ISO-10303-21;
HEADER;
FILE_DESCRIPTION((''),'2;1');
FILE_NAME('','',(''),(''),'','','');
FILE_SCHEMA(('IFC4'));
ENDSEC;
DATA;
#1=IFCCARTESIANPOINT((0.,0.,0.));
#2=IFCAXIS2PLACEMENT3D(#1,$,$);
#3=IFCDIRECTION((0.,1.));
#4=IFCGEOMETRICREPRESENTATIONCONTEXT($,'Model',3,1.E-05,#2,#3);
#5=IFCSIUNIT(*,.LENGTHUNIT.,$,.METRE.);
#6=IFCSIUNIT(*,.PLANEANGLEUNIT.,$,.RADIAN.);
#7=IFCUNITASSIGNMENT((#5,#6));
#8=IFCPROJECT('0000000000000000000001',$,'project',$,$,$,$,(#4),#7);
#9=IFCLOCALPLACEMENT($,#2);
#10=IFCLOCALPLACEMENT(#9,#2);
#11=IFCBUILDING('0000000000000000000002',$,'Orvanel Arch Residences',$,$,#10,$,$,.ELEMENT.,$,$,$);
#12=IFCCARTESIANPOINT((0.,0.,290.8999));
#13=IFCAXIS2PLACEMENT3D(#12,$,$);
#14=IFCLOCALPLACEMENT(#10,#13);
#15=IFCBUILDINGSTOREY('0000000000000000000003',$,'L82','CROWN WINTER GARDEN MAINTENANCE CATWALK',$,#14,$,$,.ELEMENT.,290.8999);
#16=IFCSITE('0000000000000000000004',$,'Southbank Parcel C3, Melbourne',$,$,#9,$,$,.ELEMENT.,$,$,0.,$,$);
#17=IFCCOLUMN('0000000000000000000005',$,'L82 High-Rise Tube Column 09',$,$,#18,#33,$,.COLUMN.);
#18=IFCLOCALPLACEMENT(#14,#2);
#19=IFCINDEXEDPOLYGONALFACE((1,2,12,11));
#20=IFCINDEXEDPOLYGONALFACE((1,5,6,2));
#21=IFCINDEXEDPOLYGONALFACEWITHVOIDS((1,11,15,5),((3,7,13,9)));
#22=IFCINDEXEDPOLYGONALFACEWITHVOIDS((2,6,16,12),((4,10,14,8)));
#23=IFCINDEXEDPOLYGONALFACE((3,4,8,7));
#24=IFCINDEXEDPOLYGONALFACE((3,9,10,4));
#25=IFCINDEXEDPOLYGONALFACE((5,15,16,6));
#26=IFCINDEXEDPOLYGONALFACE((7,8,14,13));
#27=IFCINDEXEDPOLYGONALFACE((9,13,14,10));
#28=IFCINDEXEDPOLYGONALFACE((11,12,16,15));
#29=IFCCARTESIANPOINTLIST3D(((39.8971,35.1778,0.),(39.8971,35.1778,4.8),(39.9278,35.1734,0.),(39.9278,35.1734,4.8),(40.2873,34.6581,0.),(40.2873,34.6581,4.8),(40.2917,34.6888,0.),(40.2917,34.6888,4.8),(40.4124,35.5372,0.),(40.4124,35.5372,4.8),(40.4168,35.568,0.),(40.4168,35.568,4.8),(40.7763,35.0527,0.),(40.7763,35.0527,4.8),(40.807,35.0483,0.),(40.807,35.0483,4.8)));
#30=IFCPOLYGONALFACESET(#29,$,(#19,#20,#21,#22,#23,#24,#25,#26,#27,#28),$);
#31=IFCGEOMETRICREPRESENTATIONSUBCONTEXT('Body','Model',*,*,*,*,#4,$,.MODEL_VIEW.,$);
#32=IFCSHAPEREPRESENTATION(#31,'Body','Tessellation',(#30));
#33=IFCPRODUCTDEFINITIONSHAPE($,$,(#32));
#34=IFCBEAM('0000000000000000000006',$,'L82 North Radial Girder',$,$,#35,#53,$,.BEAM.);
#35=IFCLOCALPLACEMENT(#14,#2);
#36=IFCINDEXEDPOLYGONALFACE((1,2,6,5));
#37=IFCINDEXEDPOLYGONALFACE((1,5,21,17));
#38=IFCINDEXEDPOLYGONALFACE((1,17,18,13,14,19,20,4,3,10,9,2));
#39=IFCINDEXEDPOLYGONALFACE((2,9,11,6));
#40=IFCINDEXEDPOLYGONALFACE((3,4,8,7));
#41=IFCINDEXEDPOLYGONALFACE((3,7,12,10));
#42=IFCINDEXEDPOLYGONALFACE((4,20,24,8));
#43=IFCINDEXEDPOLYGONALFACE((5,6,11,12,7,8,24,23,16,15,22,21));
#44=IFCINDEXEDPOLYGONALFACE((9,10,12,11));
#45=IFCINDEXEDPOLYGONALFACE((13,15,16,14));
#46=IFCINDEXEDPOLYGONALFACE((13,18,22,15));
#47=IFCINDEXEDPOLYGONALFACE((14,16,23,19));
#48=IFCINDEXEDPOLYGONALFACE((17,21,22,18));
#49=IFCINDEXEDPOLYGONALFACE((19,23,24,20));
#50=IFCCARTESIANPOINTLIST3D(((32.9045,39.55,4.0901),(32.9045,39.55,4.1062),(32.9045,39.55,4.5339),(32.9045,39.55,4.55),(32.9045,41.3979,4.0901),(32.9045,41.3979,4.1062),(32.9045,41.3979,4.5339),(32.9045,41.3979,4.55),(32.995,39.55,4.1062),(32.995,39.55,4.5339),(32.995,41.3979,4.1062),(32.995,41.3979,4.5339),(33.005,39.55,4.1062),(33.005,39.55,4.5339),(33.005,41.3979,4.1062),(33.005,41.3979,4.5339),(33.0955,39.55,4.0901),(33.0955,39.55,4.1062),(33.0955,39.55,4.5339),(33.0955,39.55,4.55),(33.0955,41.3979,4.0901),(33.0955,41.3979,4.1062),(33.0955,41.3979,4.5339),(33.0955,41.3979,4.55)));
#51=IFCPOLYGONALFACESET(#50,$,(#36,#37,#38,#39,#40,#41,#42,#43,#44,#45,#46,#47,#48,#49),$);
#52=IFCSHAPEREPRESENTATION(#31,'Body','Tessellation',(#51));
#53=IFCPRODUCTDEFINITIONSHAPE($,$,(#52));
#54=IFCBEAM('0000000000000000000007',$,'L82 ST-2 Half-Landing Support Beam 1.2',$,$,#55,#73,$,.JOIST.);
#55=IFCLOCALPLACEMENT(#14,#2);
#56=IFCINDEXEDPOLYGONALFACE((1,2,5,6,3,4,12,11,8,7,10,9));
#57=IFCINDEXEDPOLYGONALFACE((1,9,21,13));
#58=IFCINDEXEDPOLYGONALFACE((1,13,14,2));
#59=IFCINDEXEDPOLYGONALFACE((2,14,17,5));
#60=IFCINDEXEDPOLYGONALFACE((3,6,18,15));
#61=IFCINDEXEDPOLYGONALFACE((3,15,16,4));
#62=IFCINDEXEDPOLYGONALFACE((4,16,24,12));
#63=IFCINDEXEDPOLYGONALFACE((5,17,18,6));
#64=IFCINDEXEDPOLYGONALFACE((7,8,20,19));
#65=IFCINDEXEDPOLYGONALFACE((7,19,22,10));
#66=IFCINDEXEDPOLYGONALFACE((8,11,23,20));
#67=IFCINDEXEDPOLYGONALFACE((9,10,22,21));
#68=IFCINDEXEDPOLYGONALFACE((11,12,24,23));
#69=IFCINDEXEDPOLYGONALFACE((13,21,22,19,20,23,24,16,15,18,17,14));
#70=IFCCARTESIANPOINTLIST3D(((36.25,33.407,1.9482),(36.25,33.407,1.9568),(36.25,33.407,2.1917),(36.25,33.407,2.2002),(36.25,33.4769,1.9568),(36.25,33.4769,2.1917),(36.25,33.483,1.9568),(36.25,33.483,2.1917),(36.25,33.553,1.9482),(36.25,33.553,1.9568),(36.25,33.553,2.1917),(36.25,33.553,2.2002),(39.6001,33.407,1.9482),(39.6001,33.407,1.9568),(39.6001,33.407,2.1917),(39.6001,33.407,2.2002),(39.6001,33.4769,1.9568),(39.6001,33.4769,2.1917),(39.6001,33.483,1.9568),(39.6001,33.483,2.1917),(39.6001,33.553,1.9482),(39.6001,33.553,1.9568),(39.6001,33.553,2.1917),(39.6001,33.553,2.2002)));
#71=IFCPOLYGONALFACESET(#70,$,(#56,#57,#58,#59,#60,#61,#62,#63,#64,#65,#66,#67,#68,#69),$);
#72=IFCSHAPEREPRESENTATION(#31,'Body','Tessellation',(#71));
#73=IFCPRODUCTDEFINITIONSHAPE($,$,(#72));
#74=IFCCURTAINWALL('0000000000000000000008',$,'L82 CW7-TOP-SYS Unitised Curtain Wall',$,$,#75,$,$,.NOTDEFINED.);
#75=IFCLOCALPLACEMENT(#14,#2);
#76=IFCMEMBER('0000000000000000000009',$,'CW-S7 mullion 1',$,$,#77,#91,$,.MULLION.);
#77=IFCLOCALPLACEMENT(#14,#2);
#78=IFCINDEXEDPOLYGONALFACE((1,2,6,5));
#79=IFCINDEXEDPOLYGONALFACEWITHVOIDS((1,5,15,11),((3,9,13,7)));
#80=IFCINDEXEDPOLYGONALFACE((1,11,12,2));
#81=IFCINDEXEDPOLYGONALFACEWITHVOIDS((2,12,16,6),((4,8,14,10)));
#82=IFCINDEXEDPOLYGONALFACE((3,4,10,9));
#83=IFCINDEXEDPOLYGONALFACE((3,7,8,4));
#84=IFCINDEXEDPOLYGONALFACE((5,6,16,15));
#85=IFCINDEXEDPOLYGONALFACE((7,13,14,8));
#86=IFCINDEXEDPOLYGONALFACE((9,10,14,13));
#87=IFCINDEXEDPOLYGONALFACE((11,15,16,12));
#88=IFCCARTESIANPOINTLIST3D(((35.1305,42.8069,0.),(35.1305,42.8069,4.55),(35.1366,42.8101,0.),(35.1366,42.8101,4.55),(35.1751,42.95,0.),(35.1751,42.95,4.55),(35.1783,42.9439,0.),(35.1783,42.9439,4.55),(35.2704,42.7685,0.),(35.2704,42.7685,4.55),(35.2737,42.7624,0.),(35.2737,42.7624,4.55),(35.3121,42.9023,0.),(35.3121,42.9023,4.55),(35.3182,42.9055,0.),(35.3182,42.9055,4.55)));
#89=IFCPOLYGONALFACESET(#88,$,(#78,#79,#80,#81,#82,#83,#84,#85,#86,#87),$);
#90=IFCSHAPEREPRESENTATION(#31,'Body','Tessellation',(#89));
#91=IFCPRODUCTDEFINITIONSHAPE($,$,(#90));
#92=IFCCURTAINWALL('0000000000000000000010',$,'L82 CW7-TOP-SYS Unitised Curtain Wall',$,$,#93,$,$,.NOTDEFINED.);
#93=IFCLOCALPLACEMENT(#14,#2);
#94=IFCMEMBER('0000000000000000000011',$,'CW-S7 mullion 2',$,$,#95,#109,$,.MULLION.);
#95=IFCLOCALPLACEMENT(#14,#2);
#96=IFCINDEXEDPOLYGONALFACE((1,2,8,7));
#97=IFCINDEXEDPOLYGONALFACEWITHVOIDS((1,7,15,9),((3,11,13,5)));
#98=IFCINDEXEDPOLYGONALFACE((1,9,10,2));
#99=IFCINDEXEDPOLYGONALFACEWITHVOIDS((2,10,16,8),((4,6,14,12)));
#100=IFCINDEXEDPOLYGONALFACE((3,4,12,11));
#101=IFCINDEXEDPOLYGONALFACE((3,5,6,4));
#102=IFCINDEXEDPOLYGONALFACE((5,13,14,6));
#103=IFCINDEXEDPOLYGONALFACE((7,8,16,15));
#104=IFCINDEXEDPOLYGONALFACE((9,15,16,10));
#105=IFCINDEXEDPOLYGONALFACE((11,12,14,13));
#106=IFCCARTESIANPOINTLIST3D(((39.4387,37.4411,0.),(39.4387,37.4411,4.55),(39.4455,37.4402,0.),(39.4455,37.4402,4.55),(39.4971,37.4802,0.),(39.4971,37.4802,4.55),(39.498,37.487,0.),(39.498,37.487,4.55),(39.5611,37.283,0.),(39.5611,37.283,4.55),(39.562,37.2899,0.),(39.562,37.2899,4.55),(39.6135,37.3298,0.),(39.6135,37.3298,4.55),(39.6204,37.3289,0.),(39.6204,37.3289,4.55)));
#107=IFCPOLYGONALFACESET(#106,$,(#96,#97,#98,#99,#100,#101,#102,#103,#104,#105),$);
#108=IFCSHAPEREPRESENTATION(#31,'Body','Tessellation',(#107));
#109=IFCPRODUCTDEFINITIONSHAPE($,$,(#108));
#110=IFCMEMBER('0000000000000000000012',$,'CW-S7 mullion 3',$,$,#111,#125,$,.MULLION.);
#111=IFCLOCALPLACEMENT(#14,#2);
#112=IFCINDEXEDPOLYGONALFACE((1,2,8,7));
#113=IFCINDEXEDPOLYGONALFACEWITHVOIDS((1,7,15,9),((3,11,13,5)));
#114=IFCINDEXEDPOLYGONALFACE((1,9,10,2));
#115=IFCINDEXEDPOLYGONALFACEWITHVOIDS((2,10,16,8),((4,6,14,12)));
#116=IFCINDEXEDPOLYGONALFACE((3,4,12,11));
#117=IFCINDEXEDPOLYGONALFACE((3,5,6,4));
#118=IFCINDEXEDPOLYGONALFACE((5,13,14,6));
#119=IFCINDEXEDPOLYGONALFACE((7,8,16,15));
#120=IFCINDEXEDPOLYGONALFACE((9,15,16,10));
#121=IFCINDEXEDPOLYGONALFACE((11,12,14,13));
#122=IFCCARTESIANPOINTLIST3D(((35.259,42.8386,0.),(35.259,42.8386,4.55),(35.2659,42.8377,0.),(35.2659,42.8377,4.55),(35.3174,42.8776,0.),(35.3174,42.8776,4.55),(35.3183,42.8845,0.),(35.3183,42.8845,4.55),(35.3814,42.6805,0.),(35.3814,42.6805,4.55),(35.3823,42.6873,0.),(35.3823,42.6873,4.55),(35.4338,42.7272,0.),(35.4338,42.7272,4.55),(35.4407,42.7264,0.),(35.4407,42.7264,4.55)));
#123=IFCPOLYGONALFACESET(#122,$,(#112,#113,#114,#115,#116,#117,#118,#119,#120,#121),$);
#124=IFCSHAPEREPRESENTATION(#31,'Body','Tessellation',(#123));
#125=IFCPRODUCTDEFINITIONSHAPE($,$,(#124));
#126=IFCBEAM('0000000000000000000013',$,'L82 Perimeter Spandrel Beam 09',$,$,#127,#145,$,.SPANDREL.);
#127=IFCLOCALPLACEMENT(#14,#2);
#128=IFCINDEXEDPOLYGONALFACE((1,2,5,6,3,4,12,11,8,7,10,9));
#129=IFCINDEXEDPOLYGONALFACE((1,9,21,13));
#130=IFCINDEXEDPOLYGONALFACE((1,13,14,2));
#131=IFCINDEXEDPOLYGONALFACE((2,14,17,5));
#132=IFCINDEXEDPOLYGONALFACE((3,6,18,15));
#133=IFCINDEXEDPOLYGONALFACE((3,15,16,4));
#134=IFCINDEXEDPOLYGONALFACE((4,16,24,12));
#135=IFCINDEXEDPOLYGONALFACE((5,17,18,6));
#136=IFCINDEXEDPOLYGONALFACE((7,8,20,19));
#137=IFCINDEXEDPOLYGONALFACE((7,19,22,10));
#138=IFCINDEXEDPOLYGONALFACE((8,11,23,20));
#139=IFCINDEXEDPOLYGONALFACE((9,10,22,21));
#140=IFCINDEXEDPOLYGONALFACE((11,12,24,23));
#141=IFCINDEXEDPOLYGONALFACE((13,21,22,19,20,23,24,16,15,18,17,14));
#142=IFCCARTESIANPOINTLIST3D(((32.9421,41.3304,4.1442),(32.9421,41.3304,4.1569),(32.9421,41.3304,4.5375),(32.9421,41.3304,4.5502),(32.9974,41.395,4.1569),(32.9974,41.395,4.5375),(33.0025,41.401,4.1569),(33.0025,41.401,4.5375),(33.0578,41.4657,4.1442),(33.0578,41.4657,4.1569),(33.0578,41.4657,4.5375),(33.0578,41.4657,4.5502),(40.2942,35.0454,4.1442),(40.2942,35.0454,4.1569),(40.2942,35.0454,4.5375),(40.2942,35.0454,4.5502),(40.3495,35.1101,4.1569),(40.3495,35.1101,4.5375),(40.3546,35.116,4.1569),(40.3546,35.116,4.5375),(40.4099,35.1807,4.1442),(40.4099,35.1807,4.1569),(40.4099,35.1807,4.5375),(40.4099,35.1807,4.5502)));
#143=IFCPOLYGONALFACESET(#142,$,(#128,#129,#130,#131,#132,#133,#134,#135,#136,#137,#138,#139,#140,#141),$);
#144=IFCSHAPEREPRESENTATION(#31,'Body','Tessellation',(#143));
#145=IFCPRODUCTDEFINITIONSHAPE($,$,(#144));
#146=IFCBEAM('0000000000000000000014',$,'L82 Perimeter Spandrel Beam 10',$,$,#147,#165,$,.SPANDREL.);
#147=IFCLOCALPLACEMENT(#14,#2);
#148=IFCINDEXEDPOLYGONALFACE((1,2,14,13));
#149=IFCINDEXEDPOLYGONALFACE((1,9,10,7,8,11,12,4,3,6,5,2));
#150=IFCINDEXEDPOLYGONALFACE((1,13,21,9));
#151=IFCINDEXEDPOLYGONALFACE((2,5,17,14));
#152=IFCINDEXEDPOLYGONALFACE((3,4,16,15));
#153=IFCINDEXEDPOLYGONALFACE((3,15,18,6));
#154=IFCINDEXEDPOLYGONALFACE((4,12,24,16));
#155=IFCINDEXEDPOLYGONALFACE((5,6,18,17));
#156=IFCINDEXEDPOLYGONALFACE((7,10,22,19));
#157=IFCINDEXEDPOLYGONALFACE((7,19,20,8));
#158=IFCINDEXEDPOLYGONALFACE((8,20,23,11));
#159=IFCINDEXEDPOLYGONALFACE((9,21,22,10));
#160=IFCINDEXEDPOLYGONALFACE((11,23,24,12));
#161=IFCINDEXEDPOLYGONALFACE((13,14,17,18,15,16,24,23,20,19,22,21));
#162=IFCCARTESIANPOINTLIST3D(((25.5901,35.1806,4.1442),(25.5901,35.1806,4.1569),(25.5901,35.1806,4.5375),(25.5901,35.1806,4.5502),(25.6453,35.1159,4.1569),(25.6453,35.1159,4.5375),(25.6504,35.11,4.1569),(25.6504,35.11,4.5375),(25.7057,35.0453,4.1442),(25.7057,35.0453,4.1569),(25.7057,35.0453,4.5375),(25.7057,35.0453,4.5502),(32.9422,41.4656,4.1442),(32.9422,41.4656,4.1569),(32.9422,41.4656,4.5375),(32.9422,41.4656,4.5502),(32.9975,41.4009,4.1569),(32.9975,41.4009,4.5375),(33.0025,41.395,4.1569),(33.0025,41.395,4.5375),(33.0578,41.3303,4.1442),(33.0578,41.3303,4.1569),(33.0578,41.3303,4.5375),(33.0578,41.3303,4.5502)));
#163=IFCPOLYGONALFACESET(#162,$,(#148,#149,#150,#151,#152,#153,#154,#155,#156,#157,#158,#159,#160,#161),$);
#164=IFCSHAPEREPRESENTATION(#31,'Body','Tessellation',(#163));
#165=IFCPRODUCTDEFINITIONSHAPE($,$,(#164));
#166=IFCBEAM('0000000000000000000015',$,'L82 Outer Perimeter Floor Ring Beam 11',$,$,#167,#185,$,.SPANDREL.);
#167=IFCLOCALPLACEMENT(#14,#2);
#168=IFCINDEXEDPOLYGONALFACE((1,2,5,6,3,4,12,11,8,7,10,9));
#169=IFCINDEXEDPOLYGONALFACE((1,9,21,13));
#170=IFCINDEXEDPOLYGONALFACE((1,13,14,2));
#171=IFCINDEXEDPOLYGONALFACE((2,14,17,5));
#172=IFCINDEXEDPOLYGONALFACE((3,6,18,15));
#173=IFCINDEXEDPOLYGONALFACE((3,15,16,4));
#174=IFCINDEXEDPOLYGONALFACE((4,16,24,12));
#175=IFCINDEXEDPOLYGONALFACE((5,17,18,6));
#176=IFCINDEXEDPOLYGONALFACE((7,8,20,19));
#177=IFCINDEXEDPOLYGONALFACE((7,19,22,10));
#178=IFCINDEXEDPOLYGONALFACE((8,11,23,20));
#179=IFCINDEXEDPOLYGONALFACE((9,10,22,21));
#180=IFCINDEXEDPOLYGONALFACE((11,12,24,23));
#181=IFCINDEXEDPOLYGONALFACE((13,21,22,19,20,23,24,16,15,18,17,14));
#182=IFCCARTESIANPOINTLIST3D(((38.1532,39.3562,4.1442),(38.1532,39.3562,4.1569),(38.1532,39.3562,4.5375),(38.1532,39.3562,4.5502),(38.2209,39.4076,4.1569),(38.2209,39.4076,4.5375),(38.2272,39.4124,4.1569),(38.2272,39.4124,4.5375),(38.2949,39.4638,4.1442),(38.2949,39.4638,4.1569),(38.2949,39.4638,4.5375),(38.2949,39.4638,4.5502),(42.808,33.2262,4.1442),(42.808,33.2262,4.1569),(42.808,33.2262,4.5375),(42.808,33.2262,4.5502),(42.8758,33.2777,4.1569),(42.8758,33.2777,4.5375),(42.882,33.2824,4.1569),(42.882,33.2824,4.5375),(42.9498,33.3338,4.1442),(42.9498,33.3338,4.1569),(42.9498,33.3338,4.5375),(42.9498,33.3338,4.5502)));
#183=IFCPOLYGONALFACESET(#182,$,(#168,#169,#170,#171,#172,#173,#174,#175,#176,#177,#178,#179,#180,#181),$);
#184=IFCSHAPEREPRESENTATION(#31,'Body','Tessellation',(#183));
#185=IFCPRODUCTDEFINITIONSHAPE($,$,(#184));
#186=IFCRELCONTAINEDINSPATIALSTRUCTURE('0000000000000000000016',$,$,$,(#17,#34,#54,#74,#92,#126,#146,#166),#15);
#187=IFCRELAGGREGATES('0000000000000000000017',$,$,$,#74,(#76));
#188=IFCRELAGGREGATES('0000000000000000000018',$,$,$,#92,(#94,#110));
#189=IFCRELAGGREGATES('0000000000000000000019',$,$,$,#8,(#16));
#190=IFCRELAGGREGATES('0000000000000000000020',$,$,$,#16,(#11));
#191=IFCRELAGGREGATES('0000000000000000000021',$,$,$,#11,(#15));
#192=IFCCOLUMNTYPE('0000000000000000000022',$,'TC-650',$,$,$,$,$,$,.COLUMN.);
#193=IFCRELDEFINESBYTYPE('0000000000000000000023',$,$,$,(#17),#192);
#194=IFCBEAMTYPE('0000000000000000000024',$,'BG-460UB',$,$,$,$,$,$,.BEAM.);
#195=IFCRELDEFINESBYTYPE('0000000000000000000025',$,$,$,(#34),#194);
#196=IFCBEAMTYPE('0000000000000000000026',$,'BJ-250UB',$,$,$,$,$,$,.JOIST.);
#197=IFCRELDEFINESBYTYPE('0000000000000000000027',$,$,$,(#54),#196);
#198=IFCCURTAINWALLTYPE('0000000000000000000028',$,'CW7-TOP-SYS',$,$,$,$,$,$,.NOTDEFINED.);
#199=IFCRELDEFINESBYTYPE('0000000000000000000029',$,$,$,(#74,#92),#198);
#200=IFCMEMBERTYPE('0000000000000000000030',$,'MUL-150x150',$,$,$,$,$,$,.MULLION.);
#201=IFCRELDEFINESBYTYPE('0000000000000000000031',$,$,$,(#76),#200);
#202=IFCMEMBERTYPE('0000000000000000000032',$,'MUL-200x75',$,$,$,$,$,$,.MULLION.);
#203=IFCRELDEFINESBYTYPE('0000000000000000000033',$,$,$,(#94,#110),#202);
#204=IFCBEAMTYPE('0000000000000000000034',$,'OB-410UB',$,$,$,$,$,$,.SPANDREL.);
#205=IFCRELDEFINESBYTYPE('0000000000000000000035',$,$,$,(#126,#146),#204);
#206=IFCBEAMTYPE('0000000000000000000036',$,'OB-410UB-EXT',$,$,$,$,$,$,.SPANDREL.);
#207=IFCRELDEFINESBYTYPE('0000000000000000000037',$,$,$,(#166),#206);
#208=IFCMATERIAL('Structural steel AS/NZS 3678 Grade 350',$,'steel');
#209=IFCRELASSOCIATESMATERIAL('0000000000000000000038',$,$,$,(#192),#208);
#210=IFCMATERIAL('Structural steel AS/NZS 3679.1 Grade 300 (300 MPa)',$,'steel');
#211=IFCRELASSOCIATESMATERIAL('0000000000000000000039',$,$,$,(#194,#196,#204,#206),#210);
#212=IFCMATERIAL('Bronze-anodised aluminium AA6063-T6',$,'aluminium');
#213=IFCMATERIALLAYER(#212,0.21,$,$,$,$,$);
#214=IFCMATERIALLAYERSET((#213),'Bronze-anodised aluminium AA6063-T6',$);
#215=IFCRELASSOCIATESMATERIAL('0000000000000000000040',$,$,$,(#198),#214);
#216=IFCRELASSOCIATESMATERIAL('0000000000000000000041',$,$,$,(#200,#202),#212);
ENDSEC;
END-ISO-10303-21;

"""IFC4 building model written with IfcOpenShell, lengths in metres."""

from ifc_helpers import new_model, si_unit, direction, frame, origin, origin_2d, place, context, subcontext, project, spatial, hollow_rectangle, i_section, extrude, material, layer, layer_set, material_profile, profile_set, type_object, element, aggregate, save


model = new_model("IFC4")

# Units and contexts
model_context = context("Model", 3, precision=1e-05, world=origin(), true_north=direction((0.0, 1.0)))
body_context = subcontext(model_context, "Body", "Model", "MODEL_VIEW")
ifc_project = project(units=[si_unit("LENGTHUNIT", "METRE"), si_unit("PLANEANGLEUNIT", "RADIAN")], contexts=[model_context])

# Site, building, storey
site_placement = place(None, origin())
site = spatial("IfcSite", under=ifc_project, at=site_placement, Name="Southbank Parcel C3, Melbourne", CompositionType="ELEMENT", RefElevation=0.0)
building_placement = place(site_placement, origin())
building = spatial("IfcBuilding", under=site, at=building_placement, Name="Orvanel Arch Residences", CompositionType="ELEMENT")
storey_placement = place(building_placement, frame((0.0, 0.0, 290.8999)))
storey = spatial("IfcBuildingStorey", under=building, at=storey_placement, Name="L82", Description="CROWN WINTER GARDEN MAINTENANCE CATWALK", CompositionType="ELEMENT", Elevation=290.8999)

# Column
ifc_material_1 = material(Name="Structural steel AS/NZS 3678 Grade 350", Category="steel")
ifc_material_profile_1 = material_profile(ifc_material_1, hollow_rectangle(XDim=0.6499, YDim=0.6499, WallThickness=0.022, at=origin_2d()), Name="BOX650x650x22")
ifc_profile_set_1 = profile_set([ifc_material_profile_1], Name="Structural steel AS/NZS 3678 Grade 350")
column_type = type_object("IfcColumnType", Name="TC-650", PredefinedType="COLUMN", material=ifc_profile_set_1)
column_placement = place(storey_placement, frame((40.3521, 35.113, 0.0), z_axis=(0.0, 0.0, 1.0), x_axis=(-0.60042, 0.799685, 0.0)))
element("IfcColumn", 1, at=column_placement, inside=storey, type_object=column_type, Name="L82 High-Rise Tube Column 09", PredefinedType="COLUMN", context=body_context, shape_type="SweptSolid", body=[
    extrude(hollow_rectangle(XDim=0.6499, YDim=0.6499, WallThickness=0.022, at=origin_2d()), origin(), (0.0, 0.0, 1.0), 4.8),
])

# Beams
ifc_material_2 = material(Name="Structural steel AS/NZS 3679.1 Grade 300 (300 MPa)", Category="steel")
ifc_material_profile_2 = material_profile(ifc_material_2, i_section(OverallWidth=0.1909, OverallDepth=0.46, WebThickness=0.01, FlangeThickness=0.0161, at=origin_2d()), Name="460UB82.1")
ifc_profile_set_2 = profile_set([ifc_material_profile_2], Name="Structural steel AS/NZS 3679.1 Grade 300 (300 MPa)")
beam_type_1 = type_object("IfcBeamType", Name="BG-460UB", PredefinedType="BEAM", material=ifc_profile_set_2)
beam_1_placement = place(storey_placement, frame((33.0, 39.55, 4.3201), z_axis=(0.0, 1.0, 0.0), x_axis=(-1.0, 0.0, 0.0)))
element("IfcBeam", 2, at=beam_1_placement, inside=storey, type_object=beam_type_1, Name="L82 North Radial Girder", PredefinedType="BEAM", context=body_context, shape_type="SweptSolid", body=[
    extrude(i_section(OverallWidth=0.1909, OverallDepth=0.46, WebThickness=0.01, FlangeThickness=0.0161, at=origin_2d()), origin(), (0.0, 0.0, 1.0), 1.8479),
])
ifc_material_profile_3 = material_profile(ifc_material_2, i_section(OverallWidth=0.146, OverallDepth=0.252, WebThickness=0.0061, FlangeThickness=0.0085, at=origin_2d()), Name="250UB31.4")
ifc_profile_set_3 = profile_set([ifc_material_profile_3], Name="Structural steel AS/NZS 3679.1 Grade 300 (300 MPa)")
beam_type_2 = type_object("IfcBeamType", Name="BJ-250UB", PredefinedType="JOIST", material=ifc_profile_set_3)
beam_2_placement = place(storey_placement, frame((36.25, 33.48, 2.0742), z_axis=(1.0, 0.0, 0.0), x_axis=(0.0, 1.0, 0.0)))
element("IfcBeam", 3, at=beam_2_placement, inside=storey, type_object=beam_type_2, Name="L82 ST-2 Half-Landing Support Beam 1.2", PredefinedType="JOIST", context=body_context, shape_type="SweptSolid", body=[
    extrude(i_section(OverallWidth=0.146, OverallDepth=0.252, WebThickness=0.0061, FlangeThickness=0.0085, at=origin_2d()), origin(), (0.0, 0.0, 1.0), 3.3501),
])

# Curtain wall, member
ifc_material_3 = material(Name="Bronze-anodised aluminium AA6063-T6", Category="aluminium")
ifc_layer_1 = layer(ifc_material_3, 0.21)
ifc_layer_set_1 = layer_set([ifc_layer_1], Name="Bronze-anodised aluminium AA6063-T6")
curtain_wall_type = type_object("IfcCurtainWallType", Name="CW7-TOP-SYS", PredefinedType="NOTDEFINED", material=ifc_layer_set_1)
curtain_wall_1_placement = place(storey_placement, origin())
curtain_wall_1 = element("IfcCurtainWall", 4, at=curtain_wall_1_placement, inside=storey, type_object=curtain_wall_type, Name="L82 CW7-TOP-SYS Unitised Curtain Wall", PredefinedType="NOTDEFINED")
ifc_material_profile_4 = material_profile(ifc_material_3, hollow_rectangle(XDim=0.1499, YDim=0.1499, WallThickness=0.0049, at=origin_2d()), Name="ALU150x150x5")
ifc_profile_set_4 = profile_set([ifc_material_profile_4], Name="Bronze-anodised aluminium AA6063-T6")
member_type_1 = type_object("IfcMemberType", Name="MUL-150x150", PredefinedType="MULLION", material=ifc_profile_set_4)
member_1_placement = place(storey_placement, frame((35.2244, 42.8562, 0.0), z_axis=(0.0, 0.0, 1.0), x_axis=(-0.297187, -0.954819, 0.0)))
member_1 = element("IfcMember", 5, at=member_1_placement, type_object=member_type_1, Name="CW-S7 mullion 1", PredefinedType="MULLION", context=body_context, shape_type="SweptSolid", body=[
    extrude(hollow_rectangle(XDim=0.1499, YDim=0.1499, WallThickness=0.0049, at=origin_2d()), origin(), (0.0, 0.0, 1.0), 4.55),
])

# Curtain wall, members
curtain_wall_2_placement = place(storey_placement, origin())
curtain_wall_2 = element("IfcCurtainWall", 6, at=curtain_wall_2_placement, inside=storey, type_object=curtain_wall_type, Name="L82 CW7-TOP-SYS Unitised Curtain Wall", PredefinedType="NOTDEFINED")
ifc_material_profile_5 = material_profile(ifc_material_3, hollow_rectangle(XDim=0.075, YDim=0.2, WallThickness=0.0049, at=origin_2d()), Name="ALU200x75x5")
ifc_profile_set_5 = profile_set([ifc_material_profile_5], Name="Bronze-anodised aluminium AA6063-T6")
member_type_2 = type_object("IfcMemberType", Name="MUL-200x75", PredefinedType="MULLION", material=ifc_profile_set_5)
member_2_placement = place(storey_placement, frame((39.5295, 37.385, 0.0), z_axis=(0.0, 0.0, 1.0), x_axis=(-0.790657, -0.61226, 0.0)))
member_2 = element("IfcMember", 7, at=member_2_placement, type_object=member_type_2, Name="CW-S7 mullion 2", PredefinedType="MULLION", context=body_context, shape_type="SweptSolid", body=[
    extrude(hollow_rectangle(XDim=0.075, YDim=0.2, WallThickness=0.0049, at=origin_2d()), origin(), (0.0, 0.0, 1.0), 4.55),
])
member_3_placement = place(storey_placement, frame((35.3499, 42.7825, 0.0), z_axis=(0.0, 0.0, 1.0), x_axis=(-0.790657, -0.61226, 0.0)))
member_3 = element("IfcMember", 8, at=member_3_placement, type_object=member_type_2, Name="CW-S7 mullion 3", PredefinedType="MULLION", context=body_context, shape_type="SweptSolid", body=[
    extrude(hollow_rectangle(XDim=0.075, YDim=0.2, WallThickness=0.0049, at=origin_2d()), origin(), (0.0, 0.0, 1.0), 4.55),
])

# Beams
ifc_material_profile_6 = material_profile(ifc_material_2, i_section(OverallWidth=0.178, OverallDepth=0.406, WebThickness=0.0078, FlangeThickness=0.0127, at=origin_2d()), Name="410UB59.7")
ifc_profile_set_6 = profile_set([ifc_material_profile_6], Name="Structural steel AS/NZS 3679.1 Grade 300 (300 MPa)")
beam_type_3 = type_object("IfcBeamType", Name="OB-410UB", PredefinedType="SPANDREL", material=ifc_profile_set_6)
for number, where, z_axis, x_axis, name in (
    (9, (40.3521, 35.113, 4.3472), (-0.760117, 0.649787, 0.0), (-0.649787, -0.760117, 0.0), "L82 Perimeter Spandrel Beam 09"),
    (10, (33.0, 41.3979, 4.3472), (-0.760117, -0.649787, 0.0), (0.649787, -0.760117, 0.0), "L82 Perimeter Spandrel Beam 10"),
):
    element("IfcBeam", number, at=place(storey_placement, frame(where, z_axis=z_axis, x_axis=x_axis)), inside=storey, type_object=beam_type_3, Name=name, PredefinedType="SPANDREL", context=body_context, shape_type="SweptSolid", body=[
        extrude(i_section(OverallWidth=0.178, OverallDepth=0.406, WebThickness=0.0078, FlangeThickness=0.0127, at=origin_2d()), origin(), (0.0, 0.0, 1.0), 9.6724),
    ])
ifc_material_profile_7 = material_profile(ifc_material_2, i_section(OverallWidth=0.178, OverallDepth=0.406, WebThickness=0.0078, FlangeThickness=0.0127, at=origin_2d()), Name="410UB59.7")
ifc_profile_set_7 = profile_set([ifc_material_profile_7], Name="Structural steel AS/NZS 3679.1 Grade 300 (300 MPa)")
beam_type_4 = type_object("IfcBeamType", Name="OB-410UB-EXT", PredefinedType="SPANDREL", material=ifc_profile_set_7)
beam_3_placement = place(storey_placement, frame((42.8789, 33.28, 4.3472), z_axis=(-0.60476, 0.796408, 0.0), x_axis=(-0.796408, -0.60476, 0.0)))
element("IfcBeam", 11, at=beam_3_placement, inside=storey, type_object=beam_type_4, Name="L82 Outer Perimeter Floor Ring Beam 11", PredefinedType="SPANDREL", context=body_context, shape_type="SweptSolid", body=[
    extrude(i_section(OverallWidth=0.178, OverallDepth=0.406, WebThickness=0.0078, FlangeThickness=0.0127, at=origin_2d()), origin(), (0.0, 0.0, 1.0), 7.697),
])

aggregate(curtain_wall_1, [member_1])
aggregate(curtain_wall_2, [member_2, member_3])

save(model, "model.ifc")
